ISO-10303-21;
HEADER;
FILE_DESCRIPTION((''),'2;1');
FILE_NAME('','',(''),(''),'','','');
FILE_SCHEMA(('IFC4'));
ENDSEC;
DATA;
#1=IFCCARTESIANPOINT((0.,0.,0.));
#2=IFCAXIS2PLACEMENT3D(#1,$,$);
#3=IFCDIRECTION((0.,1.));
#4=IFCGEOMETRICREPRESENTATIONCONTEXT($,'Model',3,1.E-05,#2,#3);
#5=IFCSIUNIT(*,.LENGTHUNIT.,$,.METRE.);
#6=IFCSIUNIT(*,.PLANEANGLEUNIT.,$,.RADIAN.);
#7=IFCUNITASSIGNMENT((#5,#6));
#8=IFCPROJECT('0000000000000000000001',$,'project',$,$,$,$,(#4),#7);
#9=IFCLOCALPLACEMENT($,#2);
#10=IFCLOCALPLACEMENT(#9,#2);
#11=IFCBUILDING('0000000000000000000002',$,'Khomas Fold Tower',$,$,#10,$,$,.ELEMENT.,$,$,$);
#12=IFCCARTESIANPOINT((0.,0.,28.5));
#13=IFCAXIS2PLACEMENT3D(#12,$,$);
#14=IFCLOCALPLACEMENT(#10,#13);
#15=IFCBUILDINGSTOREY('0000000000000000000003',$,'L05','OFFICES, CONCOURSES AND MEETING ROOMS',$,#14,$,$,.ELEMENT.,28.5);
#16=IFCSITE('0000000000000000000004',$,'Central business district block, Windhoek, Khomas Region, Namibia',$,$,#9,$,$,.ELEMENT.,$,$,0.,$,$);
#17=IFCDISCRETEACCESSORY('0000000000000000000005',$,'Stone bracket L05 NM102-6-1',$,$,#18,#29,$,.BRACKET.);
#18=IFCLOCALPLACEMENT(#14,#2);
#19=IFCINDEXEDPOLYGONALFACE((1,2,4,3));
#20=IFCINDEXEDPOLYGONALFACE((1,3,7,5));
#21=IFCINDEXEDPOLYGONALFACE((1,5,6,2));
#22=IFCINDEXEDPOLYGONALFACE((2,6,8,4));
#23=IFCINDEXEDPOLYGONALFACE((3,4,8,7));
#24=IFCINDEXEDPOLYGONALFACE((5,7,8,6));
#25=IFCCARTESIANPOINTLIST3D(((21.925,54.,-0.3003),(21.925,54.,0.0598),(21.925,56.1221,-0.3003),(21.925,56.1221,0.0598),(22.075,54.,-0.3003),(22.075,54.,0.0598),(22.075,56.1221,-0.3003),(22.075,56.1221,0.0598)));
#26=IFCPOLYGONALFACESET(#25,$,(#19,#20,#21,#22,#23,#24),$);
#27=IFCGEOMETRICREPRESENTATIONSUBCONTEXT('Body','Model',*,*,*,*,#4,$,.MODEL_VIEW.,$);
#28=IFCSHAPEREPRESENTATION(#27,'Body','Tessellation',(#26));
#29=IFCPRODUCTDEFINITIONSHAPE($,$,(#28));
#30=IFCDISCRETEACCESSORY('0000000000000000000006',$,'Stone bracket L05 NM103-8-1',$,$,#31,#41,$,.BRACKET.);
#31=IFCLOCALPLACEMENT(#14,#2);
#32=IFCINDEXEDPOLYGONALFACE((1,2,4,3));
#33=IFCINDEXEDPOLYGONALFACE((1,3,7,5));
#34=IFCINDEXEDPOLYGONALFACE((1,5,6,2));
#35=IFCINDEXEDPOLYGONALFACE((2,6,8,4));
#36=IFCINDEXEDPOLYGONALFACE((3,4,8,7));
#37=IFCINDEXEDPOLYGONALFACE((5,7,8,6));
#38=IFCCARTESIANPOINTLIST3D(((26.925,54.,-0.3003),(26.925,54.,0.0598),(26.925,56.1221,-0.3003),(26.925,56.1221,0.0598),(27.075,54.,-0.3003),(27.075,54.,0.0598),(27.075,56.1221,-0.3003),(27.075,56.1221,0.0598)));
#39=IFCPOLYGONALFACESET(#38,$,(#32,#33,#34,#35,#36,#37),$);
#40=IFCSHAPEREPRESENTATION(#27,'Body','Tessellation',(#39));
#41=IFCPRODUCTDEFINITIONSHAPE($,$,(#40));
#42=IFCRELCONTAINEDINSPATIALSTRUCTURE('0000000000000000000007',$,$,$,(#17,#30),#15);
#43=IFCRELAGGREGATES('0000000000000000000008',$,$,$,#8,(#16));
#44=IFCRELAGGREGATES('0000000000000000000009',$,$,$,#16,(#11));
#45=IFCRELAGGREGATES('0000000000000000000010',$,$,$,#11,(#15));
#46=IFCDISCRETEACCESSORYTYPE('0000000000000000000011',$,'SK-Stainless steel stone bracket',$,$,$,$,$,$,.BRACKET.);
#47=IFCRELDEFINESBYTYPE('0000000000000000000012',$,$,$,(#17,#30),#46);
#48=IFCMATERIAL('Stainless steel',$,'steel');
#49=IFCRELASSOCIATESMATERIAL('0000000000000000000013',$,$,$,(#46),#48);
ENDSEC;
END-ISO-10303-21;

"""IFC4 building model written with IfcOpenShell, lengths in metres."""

from ifc_helpers import new_model, si_unit, direction, frame, origin, origin_2d, place, context, subcontext, project, spatial, rectangle, extrude, source, transform, mapped, material, type_object, element, save


model = new_model("IFC4")

# Units and contexts
model_context = context("Model", 3, precision=1e-05, world=origin(), true_north=direction((0.0, 1.0)))
body_context = subcontext(model_context, "Body", "Model", "MODEL_VIEW")
ifc_project = project(units=[si_unit("LENGTHUNIT", "METRE"), si_unit("PLANEANGLEUNIT", "RADIAN")], contexts=[model_context])

# Site, building, storey
site_placement = place(None, origin())
site = spatial("IfcSite", under=ifc_project, at=site_placement, Name="Central business district block, Windhoek, Khomas Region, Namibia", CompositionType="ELEMENT", RefElevation=0.0)
building_placement = place(site_placement, origin())
building = spatial("IfcBuilding", under=site, at=building_placement, Name="Khomas Fold Tower", CompositionType="ELEMENT")
storey_placement = place(building_placement, frame((0.0, 0.0, 28.5)))
storey = spatial("IfcBuildingStorey", under=building, at=storey_placement, Name="L05", Description="OFFICES, CONCOURSES AND MEETING ROOMS", CompositionType="ELEMENT", Elevation=28.5)

# Discrete accessories
ifc_material_1 = material(Name="Stainless steel", Category="steel")
discrete_accessory_type = type_object("IfcDiscreteAccessoryType", Name="SK-Stainless steel stone bracket", PredefinedType="BRACKET", material=ifc_material_1)
shared_shape_1 = source(origin(), body_context, "Body", "SweptSolid", [
    extrude(rectangle(XDim=2.1221, YDim=0.1499, at=origin_2d()), origin(), (0.0, 0.0, 1.0), 0.3601),
])
for number, where, z_axis, x_axis, name in (
    (1, (22.0, 55.061, -0.3003), (0.0, 0.0, 1.0), (0.0, 1.0, 0.0), "Stone bracket L05 NM102-6-1"),
    (2, (27.0, 55.061, -0.3003), (0.0, 0.0, 1.0), (0.0, 1.0, 0.0), "Stone bracket L05 NM103-8-1"),
):
    element("IfcDiscreteAccessory", number, at=place(storey_placement, frame(where, z_axis=z_axis, x_axis=x_axis)), inside=storey, type_object=discrete_accessory_type, Name=name, PredefinedType="BRACKET", context=body_context, shape_type="MappedRepresentation", body=[
        mapped(shared_shape_1, transform((0.0, 0.0, 0.0))),
    ])

save(model, "model.ifc")
